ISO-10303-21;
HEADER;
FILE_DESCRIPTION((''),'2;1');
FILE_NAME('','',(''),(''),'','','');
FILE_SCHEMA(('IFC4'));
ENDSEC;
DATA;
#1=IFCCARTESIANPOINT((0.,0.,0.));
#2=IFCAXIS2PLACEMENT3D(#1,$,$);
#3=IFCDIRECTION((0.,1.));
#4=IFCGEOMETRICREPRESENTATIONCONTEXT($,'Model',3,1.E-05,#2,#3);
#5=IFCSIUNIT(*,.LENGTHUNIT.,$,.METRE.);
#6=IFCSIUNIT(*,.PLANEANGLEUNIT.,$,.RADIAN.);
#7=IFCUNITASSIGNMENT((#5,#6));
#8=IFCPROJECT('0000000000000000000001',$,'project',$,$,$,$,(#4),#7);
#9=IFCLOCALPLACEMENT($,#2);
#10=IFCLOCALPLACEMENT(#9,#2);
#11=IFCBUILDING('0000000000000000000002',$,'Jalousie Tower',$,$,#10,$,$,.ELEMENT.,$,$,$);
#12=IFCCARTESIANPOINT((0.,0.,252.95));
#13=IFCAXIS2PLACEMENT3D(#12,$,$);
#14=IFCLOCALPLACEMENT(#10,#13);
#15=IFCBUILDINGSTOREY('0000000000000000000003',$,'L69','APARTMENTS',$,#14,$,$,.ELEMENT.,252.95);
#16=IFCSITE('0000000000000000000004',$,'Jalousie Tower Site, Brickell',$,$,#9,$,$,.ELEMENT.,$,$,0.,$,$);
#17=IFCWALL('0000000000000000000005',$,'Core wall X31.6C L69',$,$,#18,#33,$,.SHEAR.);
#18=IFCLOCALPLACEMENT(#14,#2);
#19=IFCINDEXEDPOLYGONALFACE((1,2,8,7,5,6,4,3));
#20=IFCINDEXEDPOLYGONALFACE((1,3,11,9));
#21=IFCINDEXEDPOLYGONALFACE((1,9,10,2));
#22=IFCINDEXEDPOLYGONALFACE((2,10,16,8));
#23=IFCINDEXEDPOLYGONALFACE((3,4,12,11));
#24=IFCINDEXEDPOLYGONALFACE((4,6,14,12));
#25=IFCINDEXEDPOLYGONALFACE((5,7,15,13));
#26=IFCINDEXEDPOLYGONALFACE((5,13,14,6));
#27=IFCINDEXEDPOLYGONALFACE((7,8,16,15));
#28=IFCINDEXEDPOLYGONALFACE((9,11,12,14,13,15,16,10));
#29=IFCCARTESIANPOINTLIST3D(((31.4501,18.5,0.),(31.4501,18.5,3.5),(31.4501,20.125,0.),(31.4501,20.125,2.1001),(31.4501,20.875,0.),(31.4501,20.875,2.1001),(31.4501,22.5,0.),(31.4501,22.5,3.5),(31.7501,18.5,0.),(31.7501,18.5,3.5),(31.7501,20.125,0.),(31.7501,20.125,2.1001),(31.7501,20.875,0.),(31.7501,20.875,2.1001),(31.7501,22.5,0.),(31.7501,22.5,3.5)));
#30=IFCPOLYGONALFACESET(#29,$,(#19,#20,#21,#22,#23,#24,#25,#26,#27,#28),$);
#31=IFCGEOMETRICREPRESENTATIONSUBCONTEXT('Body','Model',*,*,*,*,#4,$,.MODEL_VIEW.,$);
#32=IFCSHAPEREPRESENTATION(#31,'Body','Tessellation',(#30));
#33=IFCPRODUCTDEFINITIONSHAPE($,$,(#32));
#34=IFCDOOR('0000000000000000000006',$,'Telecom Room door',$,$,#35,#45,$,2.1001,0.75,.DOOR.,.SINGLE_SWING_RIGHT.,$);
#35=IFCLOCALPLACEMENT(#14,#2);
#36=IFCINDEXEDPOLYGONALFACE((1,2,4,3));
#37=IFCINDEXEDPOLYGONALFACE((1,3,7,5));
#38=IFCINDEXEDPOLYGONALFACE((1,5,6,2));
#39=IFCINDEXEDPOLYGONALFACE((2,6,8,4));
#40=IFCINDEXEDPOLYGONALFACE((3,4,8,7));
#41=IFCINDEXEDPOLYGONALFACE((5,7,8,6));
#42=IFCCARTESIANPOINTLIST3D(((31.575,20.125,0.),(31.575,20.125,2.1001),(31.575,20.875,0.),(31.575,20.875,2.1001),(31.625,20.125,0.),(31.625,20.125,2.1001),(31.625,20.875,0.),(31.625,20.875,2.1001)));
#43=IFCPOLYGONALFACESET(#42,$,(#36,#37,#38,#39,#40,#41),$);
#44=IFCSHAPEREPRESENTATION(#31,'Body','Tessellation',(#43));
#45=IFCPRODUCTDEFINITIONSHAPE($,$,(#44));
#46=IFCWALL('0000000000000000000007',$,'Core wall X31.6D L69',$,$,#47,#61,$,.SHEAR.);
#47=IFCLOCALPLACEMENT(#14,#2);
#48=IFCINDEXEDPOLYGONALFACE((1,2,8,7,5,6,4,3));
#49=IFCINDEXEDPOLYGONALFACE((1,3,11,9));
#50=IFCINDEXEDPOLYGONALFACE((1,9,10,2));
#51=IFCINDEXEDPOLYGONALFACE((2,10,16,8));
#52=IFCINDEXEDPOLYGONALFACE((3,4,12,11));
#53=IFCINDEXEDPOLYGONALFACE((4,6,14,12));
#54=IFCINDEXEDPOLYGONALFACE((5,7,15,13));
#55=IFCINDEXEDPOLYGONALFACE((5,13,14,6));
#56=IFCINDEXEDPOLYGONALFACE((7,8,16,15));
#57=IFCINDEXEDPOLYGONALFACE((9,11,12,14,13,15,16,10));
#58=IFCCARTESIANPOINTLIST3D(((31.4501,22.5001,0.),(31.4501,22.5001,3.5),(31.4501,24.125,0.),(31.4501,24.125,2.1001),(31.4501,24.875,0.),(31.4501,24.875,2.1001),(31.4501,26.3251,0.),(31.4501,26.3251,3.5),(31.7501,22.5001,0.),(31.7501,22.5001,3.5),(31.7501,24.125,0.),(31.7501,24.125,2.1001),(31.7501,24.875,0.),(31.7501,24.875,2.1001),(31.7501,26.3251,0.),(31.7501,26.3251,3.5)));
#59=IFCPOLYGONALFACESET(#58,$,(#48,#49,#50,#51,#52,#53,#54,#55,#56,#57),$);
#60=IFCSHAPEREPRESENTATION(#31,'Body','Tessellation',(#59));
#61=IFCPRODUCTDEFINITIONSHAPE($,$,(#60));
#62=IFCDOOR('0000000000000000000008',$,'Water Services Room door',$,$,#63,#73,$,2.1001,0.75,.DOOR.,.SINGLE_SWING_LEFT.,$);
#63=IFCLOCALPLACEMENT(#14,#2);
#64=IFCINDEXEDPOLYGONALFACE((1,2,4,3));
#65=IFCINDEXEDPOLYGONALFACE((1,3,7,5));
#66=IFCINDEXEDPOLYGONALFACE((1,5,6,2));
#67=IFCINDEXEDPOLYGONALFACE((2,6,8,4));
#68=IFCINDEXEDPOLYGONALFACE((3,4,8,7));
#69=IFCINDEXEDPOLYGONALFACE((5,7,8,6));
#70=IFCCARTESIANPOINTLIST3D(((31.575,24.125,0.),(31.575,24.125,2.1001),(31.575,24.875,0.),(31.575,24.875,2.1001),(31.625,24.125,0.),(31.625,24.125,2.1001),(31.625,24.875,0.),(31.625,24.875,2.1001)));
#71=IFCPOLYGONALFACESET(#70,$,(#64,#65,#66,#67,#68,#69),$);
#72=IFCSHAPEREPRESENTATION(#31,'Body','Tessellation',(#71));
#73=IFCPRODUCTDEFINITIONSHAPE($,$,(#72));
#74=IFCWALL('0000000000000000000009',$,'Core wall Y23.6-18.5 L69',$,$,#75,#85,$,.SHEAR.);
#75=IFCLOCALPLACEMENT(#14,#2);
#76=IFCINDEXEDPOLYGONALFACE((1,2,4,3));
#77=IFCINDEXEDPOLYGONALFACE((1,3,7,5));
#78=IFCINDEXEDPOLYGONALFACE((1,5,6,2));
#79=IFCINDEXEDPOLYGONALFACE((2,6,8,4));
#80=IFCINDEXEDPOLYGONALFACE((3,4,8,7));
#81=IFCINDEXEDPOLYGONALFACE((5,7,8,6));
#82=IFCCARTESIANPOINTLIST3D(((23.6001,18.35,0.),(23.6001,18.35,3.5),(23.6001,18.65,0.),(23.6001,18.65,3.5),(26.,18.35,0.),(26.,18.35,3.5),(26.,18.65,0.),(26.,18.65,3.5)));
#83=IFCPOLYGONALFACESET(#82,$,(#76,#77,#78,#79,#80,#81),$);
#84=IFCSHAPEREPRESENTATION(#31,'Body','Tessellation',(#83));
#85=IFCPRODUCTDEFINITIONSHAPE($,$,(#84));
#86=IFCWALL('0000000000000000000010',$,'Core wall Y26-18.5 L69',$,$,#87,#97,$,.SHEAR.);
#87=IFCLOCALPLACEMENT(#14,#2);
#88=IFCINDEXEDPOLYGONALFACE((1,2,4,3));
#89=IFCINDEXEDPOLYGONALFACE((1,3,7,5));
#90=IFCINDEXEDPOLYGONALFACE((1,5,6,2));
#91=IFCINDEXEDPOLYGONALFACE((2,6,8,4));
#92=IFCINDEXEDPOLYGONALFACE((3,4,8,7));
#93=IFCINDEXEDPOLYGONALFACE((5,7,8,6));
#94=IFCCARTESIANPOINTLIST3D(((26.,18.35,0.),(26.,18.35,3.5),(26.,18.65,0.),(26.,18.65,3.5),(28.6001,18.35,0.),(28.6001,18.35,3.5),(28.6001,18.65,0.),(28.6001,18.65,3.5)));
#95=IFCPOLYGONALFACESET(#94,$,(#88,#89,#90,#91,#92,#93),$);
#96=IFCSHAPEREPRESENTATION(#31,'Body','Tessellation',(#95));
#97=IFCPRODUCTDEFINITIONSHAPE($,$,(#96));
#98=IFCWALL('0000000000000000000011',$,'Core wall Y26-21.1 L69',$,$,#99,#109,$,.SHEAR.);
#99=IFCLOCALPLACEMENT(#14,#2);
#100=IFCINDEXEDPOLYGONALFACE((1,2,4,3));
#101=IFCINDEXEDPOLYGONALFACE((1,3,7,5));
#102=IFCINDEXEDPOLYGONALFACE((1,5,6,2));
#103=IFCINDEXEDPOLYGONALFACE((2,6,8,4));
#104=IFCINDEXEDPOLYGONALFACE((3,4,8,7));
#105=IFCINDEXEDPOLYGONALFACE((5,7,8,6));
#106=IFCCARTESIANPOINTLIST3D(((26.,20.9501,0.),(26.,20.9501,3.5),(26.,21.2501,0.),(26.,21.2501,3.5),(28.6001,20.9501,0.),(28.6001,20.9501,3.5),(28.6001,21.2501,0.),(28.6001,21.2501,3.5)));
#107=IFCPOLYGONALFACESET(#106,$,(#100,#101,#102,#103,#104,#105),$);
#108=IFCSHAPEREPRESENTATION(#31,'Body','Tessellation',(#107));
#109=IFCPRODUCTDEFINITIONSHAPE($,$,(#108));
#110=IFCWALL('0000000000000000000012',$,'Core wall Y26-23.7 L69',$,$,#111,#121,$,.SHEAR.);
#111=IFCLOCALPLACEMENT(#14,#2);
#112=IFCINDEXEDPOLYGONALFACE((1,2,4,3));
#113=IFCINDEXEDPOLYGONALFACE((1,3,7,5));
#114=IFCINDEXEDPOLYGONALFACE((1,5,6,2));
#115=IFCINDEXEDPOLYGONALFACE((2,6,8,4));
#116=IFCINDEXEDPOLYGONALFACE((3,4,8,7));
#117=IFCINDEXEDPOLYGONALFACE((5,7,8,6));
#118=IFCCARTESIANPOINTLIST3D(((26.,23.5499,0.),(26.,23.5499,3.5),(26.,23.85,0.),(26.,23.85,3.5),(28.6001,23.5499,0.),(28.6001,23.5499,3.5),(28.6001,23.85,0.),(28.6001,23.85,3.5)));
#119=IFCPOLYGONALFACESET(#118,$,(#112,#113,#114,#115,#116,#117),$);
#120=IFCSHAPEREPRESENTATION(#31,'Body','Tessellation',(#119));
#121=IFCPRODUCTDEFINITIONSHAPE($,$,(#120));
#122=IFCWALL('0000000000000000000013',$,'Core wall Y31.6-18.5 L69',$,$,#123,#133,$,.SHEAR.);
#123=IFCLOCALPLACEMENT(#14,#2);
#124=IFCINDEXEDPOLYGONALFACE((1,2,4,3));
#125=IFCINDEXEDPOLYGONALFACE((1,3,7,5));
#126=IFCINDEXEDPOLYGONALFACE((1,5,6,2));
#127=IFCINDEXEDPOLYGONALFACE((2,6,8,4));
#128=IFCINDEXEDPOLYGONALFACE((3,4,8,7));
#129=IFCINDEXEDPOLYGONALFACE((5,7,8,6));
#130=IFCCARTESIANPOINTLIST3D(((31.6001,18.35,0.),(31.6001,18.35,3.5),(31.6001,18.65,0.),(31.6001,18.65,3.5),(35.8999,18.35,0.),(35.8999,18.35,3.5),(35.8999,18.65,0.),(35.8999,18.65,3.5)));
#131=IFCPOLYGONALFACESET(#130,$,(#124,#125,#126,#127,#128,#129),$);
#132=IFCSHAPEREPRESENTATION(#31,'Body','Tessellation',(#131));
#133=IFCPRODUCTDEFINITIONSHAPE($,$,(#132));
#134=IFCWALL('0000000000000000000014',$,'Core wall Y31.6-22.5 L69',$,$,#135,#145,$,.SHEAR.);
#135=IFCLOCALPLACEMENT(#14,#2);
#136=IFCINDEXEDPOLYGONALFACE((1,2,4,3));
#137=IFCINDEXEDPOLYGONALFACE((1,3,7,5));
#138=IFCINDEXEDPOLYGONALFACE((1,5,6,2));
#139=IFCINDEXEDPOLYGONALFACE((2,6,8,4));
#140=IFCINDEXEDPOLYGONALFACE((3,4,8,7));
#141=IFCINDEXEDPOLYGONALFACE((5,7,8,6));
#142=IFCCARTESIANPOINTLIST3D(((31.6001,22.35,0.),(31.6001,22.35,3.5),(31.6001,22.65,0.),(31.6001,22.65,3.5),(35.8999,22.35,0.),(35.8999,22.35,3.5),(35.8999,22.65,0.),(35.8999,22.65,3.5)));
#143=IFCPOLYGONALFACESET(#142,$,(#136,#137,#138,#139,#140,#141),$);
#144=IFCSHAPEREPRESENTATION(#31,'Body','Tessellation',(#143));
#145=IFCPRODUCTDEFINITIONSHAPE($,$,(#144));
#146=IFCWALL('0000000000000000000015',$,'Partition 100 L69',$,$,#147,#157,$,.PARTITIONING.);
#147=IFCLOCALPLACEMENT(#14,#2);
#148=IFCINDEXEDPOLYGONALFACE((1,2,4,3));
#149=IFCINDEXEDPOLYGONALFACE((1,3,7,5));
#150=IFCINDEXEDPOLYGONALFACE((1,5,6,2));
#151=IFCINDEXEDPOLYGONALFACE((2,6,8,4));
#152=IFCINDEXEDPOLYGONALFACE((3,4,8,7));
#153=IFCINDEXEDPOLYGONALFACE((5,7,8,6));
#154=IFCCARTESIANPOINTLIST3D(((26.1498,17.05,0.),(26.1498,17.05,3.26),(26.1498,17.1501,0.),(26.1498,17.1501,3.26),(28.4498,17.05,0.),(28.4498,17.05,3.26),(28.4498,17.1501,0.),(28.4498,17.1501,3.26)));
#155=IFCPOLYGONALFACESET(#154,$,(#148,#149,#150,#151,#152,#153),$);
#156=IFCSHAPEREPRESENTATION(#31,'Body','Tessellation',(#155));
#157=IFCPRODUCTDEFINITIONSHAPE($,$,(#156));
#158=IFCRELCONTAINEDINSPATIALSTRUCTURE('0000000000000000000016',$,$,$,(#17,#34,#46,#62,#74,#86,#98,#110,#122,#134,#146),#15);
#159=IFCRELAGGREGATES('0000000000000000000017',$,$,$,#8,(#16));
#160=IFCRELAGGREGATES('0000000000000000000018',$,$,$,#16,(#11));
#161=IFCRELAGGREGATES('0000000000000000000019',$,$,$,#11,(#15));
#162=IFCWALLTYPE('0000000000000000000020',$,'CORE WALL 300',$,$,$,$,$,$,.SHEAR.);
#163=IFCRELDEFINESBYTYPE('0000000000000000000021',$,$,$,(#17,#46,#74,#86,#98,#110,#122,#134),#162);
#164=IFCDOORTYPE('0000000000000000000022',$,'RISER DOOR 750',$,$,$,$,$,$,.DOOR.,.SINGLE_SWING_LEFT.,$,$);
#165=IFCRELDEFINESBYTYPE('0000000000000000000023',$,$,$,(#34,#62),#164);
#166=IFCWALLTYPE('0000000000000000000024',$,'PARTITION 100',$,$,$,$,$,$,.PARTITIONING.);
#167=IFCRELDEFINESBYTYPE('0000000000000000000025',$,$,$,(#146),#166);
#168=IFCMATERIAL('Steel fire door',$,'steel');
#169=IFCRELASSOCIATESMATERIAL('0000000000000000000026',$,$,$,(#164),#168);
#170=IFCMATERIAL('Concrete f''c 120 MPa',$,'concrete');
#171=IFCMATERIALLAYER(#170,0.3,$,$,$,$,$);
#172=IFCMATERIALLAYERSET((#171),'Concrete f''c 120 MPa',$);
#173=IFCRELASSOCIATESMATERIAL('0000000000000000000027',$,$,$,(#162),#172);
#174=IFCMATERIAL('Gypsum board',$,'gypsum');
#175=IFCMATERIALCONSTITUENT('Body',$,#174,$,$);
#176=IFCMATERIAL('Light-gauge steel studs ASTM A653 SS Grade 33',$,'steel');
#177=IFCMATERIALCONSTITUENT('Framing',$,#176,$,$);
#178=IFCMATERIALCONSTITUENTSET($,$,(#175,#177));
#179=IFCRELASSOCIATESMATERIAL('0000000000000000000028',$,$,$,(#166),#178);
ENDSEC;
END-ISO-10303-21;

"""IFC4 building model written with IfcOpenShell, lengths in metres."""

from ifc_helpers import new_model, si_unit, direction, frame, frame_2d, origin, place, context, subcontext, project, spatial, rectangle, extrude, material, layer, layer_set, constituent, constituent_set, type_object, element, fill, save


model = new_model("IFC4")

# Units and contexts
model_context = context("Model", 3, precision=1e-05, world=origin(), true_north=direction((0.0, 1.0)))
body_context = subcontext(model_context, "Body", "Model", "MODEL_VIEW")
ifc_project = project(units=[si_unit("LENGTHUNIT", "METRE"), si_unit("PLANEANGLEUNIT", "RADIAN")], contexts=[model_context])

# Site, building, storey
site_placement = place(None, origin())
site = spatial("IfcSite", under=ifc_project, at=site_placement, Name="Jalousie Tower Site, Brickell", CompositionType="ELEMENT", RefElevation=0.0)
building_placement = place(site_placement, origin())
building = spatial("IfcBuilding", under=site, at=building_placement, Name="Jalousie Tower", CompositionType="ELEMENT")
storey_placement = place(building_placement, frame((0.0, 0.0, 252.95)))
storey = spatial("IfcBuildingStorey", under=building, at=storey_placement, Name="L69", Description="APARTMENTS", CompositionType="ELEMENT", Elevation=252.95)

# Shared definitions
ifc_material_1 = material(Name="Steel fire door", Category="steel")
door_type_1 = type_object("IfcDoorType", Name="RISER DOOR 750", OperationType="SINGLE_SWING_LEFT", PredefinedType="DOOR", material=ifc_material_1)

# Shared definitions
ifc_material_2 = material(Name="Concrete f'c 120 MPa", Category="concrete")
ifc_layer_1 = layer(ifc_material_2, 0.3)
ifc_layer_set_1 = layer_set([ifc_layer_1], Name="Concrete f'c 120 MPa")
wall_type_1 = type_object("IfcWallType", Name="CORE WALL 300", PredefinedType="SHEAR", material=ifc_layer_set_1)

# Walls, openings, doors
wall_1_placement = place(storey_placement, frame((31.6001, 18.5, 0.0), z_axis=(0.0, 0.0, 1.0), x_axis=(0.0, 1.0, 0.0)))
wall_1 = element("IfcWall", 1, at=wall_1_placement, inside=storey, type_object=wall_type_1, Name="Core wall X31.6C L69", PredefinedType="SHEAR", context=body_context, shape_type="SweptSolid", body=[
    extrude(rectangle(XDim=4.0, YDim=0.3, at=frame_2d((2.0, 0.0))), origin(), (0.0, 0.0, 1.0), 3.5),
])
opening_1_placement = place(wall_1_placement, frame((1.625, 0.0, 0.0)))
opening_1 = element("IfcOpeningElement", 2, at=opening_1_placement, cuts=wall_1, PredefinedType="OPENING", context=body_context, shape_type="SweptSolid", body=[
    extrude(rectangle(XDim=0.75, YDim=2.1001, at=frame_2d((0.375, 1.05))), frame((0.0, 0.1599, 0.0), z_axis=(0.0, -1.0, 0.0), x_axis=(1.0, 0.0, 0.0)), (0.0, 0.0, 1.0), 0.3201),
])
door_1_placement = place(opening_1_placement, frame((0.75, 0.0, 0.0), z_axis=(0.0, 0.0, 1.0), x_axis=(-1.0, 0.0, 0.0)))
door_1 = element("IfcDoor", 3, at=door_1_placement, inside=storey, type_object=door_type_1, Name="Telecom Room door", OperationType="SINGLE_SWING_RIGHT", OverallHeight=2.1001, OverallWidth=0.75, PredefinedType="DOOR", context=body_context, shape_type="SweptSolid", body=[
    extrude(rectangle(XDim=0.75, YDim=2.1001, at=frame_2d((0.375, 1.05))), frame((0.0, 0.0249, 0.0), z_axis=(0.0, -1.0, 0.0), x_axis=(1.0, 0.0, 0.0)), (0.0, 0.0, 1.0), 0.05),
])
fill(opening_1, door_1)
wall_2_placement = place(storey_placement, frame((31.6001, 22.5, 0.0), z_axis=(0.0, 0.0, 1.0), x_axis=(0.0, 1.0, 0.0)))
wall_2 = element("IfcWall", 4, at=wall_2_placement, inside=storey, type_object=wall_type_1, Name="Core wall X31.6D L69", PredefinedType="SHEAR", context=body_context, shape_type="SweptSolid", body=[
    extrude(rectangle(XDim=3.825, YDim=0.3, at=frame_2d((1.9126, 0.0))), origin(), (0.0, 0.0, 1.0), 3.5),
])
opening_2_placement = place(wall_2_placement, frame((1.625, 0.0, 0.0)))
opening_2 = element("IfcOpeningElement", 5, at=opening_2_placement, cuts=wall_2, PredefinedType="OPENING", context=body_context, shape_type="SweptSolid", body=[
    extrude(rectangle(XDim=0.75, YDim=2.1001, at=frame_2d((0.375, 1.05))), frame((0.0, 0.1599, 0.0), z_axis=(0.0, -1.0, 0.0), x_axis=(1.0, 0.0, 0.0)), (0.0, 0.0, 1.0), 0.3201),
])
door_2_placement = place(opening_2_placement, frame((0.75, 0.0, 0.0), z_axis=(0.0, 0.0, 1.0), x_axis=(-1.0, 0.0, 0.0)))
door_2 = element("IfcDoor", 6, at=door_2_placement, inside=storey, type_object=door_type_1, Name="Water Services Room door", OperationType="SINGLE_SWING_LEFT", OverallHeight=2.1001, OverallWidth=0.75, PredefinedType="DOOR", context=body_context, shape_type="SweptSolid", body=[
    extrude(rectangle(XDim=0.75, YDim=2.1001, at=frame_2d((0.375, 1.05))), frame((0.0, 0.0249, 0.0), z_axis=(0.0, -1.0, 0.0), x_axis=(1.0, 0.0, 0.0)), (0.0, 0.0, 1.0), 0.05),
])
fill(opening_2, door_2)

# Walls
wall_3_placement = place(storey_placement, frame((23.6001, 18.5, 0.0), z_axis=(0.0, 0.0, 1.0), x_axis=(1.0, 0.0, 0.0)))
element("IfcWall", 7, at=wall_3_placement, inside=storey, type_object=wall_type_1, Name="Core wall Y23.6-18.5 L69", PredefinedType="SHEAR", context=body_context, shape_type="SweptSolid", body=[
    extrude(rectangle(XDim=2.3999, YDim=0.3, at=frame_2d((1.2, 0.0))), origin(), (0.0, 0.0, 1.0), 3.5),
])
for number, where, z_axis, x_axis, name in (
    (8, (26.0, 18.5, 0.0), (0.0, 0.0, 1.0), (1.0, 0.0, 0.0), "Core wall Y26-18.5 L69"),
    (9, (26.0, 21.1001, 0.0), (0.0, 0.0, 1.0), (1.0, 0.0, 0.0), "Core wall Y26-21.1 L69"),
    (10, (26.0, 23.7, 0.0), (0.0, 0.0, 1.0), (1.0, 0.0, 0.0), "Core wall Y26-23.7 L69"),
):
    element("IfcWall", number, at=place(storey_placement, frame(where, z_axis=z_axis, x_axis=x_axis)), inside=storey, type_object=wall_type_1, Name=name, PredefinedType="SHEAR", context=body_context, shape_type="SweptSolid", body=[
        extrude(rectangle(XDim=2.6001, YDim=0.3, at=frame_2d((1.3, 0.0))), origin(), (0.0, 0.0, 1.0), 3.5),
    ])
for number, where, z_axis, x_axis, name in (
    (11, (31.6001, 18.5, 0.0), (0.0, 0.0, 1.0), (1.0, 0.0, 0.0), "Core wall Y31.6-18.5 L69"),
    (12, (31.6001, 22.5, 0.0), (0.0, 0.0, 1.0), (1.0, 0.0, 0.0), "Core wall Y31.6-22.5 L69"),
):
    element("IfcWall", number, at=place(storey_placement, frame(where, z_axis=z_axis, x_axis=x_axis)), inside=storey, type_object=wall_type_1, Name=name, PredefinedType="SHEAR", context=body_context, shape_type="SweptSolid", body=[
        extrude(rectangle(XDim=4.2998, YDim=0.3, at=frame_2d((2.1499, 0.0))), origin(), (0.0, 0.0, 1.0), 3.5),
    ])
ifc_material_3 = material(Name="Gypsum board", Category="gypsum")
ifc_constituent_1 = constituent(ifc_material_3, Name="Body")
ifc_material_4 = material(Name="Light-gauge steel studs ASTM A653 SS Grade 33", Category="steel")
ifc_constituent_2 = constituent(ifc_material_4, Name="Framing")
ifc_constituent_set = constituent_set(constituents=[ifc_constituent_1, ifc_constituent_2])
wall_type_2 = type_object("IfcWallType", Name="PARTITION 100", PredefinedType="PARTITIONING", material=ifc_constituent_set)
wall_4_placement = place(storey_placement, frame((26.1499, 17.1001, 0.0), z_axis=(0.0, 0.0, 1.0), x_axis=(1.0, 0.0, 0.0)))
element("IfcWall", 13, at=wall_4_placement, inside=storey, type_object=wall_type_2, Name="Partition 100 L69", PredefinedType="PARTITIONING", context=body_context, shape_type="SweptSolid", body=[
    extrude(rectangle(XDim=2.3, YDim=0.1001, at=frame_2d((1.1499, 0.0))), origin(), (0.0, 0.0, 1.0), 3.26),
])

save(model, "model.ifc")
